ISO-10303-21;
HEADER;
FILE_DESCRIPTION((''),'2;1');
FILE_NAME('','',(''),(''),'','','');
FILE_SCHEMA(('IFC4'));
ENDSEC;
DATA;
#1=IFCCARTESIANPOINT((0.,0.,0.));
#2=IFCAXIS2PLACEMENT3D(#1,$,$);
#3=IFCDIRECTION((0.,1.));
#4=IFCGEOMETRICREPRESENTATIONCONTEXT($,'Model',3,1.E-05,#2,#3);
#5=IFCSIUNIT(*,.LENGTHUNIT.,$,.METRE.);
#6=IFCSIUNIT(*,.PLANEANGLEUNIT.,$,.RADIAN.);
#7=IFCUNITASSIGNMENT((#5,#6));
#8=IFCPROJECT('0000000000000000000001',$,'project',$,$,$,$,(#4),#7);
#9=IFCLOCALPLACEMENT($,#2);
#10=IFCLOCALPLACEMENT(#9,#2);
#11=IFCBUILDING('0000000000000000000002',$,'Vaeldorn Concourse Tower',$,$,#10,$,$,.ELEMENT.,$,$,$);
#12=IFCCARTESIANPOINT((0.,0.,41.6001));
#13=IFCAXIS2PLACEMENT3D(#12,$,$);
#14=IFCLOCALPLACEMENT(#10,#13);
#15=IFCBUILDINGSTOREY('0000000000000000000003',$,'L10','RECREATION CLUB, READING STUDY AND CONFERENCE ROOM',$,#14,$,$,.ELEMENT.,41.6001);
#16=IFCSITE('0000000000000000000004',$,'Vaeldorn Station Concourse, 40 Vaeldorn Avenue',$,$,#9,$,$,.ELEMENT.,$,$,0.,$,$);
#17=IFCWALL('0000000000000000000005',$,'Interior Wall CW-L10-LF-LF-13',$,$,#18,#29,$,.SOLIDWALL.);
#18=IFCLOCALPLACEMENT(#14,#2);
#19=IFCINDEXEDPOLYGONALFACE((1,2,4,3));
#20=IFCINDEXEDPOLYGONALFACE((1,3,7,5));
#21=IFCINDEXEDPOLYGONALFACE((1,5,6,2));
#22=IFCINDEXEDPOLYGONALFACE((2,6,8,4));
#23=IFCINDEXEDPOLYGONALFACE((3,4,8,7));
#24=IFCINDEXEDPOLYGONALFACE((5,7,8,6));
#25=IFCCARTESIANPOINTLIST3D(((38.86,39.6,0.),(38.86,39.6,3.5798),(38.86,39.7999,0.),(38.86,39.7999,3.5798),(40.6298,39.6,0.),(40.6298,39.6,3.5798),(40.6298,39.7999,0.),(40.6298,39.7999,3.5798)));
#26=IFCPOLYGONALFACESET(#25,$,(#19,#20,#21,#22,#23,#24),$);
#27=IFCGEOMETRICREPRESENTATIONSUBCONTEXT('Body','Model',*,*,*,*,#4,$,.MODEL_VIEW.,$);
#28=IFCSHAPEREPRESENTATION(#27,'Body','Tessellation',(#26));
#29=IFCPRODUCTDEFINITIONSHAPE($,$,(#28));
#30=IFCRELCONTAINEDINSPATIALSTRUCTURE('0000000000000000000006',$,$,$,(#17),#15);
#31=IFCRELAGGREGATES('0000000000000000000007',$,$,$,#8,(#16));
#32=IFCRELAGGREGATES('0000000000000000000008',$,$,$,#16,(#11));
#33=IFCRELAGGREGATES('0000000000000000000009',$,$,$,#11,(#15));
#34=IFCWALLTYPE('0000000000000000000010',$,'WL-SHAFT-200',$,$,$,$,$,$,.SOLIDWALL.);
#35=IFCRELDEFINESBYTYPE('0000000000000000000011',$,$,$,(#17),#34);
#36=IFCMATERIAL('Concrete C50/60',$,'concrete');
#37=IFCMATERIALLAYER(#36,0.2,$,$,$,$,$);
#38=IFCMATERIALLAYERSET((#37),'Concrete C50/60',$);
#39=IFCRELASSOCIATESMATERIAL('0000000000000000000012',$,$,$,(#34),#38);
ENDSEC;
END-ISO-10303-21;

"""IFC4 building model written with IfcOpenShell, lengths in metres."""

from ifc_helpers import new_model, si_unit, direction, frame, frame_2d, origin, place, context, subcontext, project, spatial, rectangle, extrude, material, layer, layer_set, type_object, element, save


model = new_model("IFC4")

# Units and contexts
model_context = context("Model", 3, precision=1e-05, world=origin(), true_north=direction((0.0, 1.0)))
body_context = subcontext(model_context, "Body", "Model", "MODEL_VIEW")
ifc_project = project(units=[si_unit("LENGTHUNIT", "METRE"), si_unit("PLANEANGLEUNIT", "RADIAN")], contexts=[model_context])

# Site, building, storey
site_placement = place(None, origin())
site = spatial("IfcSite", under=ifc_project, at=site_placement, Name="Vaeldorn Station Concourse, 40 Vaeldorn Avenue", CompositionType="ELEMENT", RefElevation=0.0)
building_placement = place(site_placement, origin())
building = spatial("IfcBuilding", under=site, at=building_placement, Name="Vaeldorn Concourse Tower", CompositionType="ELEMENT")
storey_placement = place(building_placement, frame((0.0, 0.0, 41.6001)))
storey = spatial("IfcBuildingStorey", under=building, at=storey_placement, Name="L10", Description="RECREATION CLUB, READING STUDY AND CONFERENCE ROOM", CompositionType="ELEMENT", Elevation=41.6001)

# Wall
ifc_material_1 = material(Name="Concrete C50/60", Category="concrete")
ifc_layer_1 = layer(ifc_material_1, 0.2)
ifc_layer_set_1 = layer_set([ifc_layer_1], Name="Concrete C50/60")
wall_type_1 = type_object("IfcWallType", Name="WL-SHAFT-200", PredefinedType="SOLIDWALL", material=ifc_layer_set_1)
wall_1_placement = place(storey_placement, frame((38.8601, 39.7, 0.0), z_axis=(0.0, 0.0, 1.0), x_axis=(1.0, 0.0, 0.0)))
element("IfcWall", 1, at=wall_1_placement, inside=storey, type_object=wall_type_1, Name="Interior Wall CW-L10-LF-LF-13", PredefinedType="SOLIDWALL", context=body_context, shape_type="SweptSolid", body=[
    extrude(rectangle(XDim=1.7698, YDim=0.2, at=frame_2d((0.8848, 0.0))), origin(), (0.0, 0.0, 1.0), 3.5798),
])

save(model, "model.ifc")
